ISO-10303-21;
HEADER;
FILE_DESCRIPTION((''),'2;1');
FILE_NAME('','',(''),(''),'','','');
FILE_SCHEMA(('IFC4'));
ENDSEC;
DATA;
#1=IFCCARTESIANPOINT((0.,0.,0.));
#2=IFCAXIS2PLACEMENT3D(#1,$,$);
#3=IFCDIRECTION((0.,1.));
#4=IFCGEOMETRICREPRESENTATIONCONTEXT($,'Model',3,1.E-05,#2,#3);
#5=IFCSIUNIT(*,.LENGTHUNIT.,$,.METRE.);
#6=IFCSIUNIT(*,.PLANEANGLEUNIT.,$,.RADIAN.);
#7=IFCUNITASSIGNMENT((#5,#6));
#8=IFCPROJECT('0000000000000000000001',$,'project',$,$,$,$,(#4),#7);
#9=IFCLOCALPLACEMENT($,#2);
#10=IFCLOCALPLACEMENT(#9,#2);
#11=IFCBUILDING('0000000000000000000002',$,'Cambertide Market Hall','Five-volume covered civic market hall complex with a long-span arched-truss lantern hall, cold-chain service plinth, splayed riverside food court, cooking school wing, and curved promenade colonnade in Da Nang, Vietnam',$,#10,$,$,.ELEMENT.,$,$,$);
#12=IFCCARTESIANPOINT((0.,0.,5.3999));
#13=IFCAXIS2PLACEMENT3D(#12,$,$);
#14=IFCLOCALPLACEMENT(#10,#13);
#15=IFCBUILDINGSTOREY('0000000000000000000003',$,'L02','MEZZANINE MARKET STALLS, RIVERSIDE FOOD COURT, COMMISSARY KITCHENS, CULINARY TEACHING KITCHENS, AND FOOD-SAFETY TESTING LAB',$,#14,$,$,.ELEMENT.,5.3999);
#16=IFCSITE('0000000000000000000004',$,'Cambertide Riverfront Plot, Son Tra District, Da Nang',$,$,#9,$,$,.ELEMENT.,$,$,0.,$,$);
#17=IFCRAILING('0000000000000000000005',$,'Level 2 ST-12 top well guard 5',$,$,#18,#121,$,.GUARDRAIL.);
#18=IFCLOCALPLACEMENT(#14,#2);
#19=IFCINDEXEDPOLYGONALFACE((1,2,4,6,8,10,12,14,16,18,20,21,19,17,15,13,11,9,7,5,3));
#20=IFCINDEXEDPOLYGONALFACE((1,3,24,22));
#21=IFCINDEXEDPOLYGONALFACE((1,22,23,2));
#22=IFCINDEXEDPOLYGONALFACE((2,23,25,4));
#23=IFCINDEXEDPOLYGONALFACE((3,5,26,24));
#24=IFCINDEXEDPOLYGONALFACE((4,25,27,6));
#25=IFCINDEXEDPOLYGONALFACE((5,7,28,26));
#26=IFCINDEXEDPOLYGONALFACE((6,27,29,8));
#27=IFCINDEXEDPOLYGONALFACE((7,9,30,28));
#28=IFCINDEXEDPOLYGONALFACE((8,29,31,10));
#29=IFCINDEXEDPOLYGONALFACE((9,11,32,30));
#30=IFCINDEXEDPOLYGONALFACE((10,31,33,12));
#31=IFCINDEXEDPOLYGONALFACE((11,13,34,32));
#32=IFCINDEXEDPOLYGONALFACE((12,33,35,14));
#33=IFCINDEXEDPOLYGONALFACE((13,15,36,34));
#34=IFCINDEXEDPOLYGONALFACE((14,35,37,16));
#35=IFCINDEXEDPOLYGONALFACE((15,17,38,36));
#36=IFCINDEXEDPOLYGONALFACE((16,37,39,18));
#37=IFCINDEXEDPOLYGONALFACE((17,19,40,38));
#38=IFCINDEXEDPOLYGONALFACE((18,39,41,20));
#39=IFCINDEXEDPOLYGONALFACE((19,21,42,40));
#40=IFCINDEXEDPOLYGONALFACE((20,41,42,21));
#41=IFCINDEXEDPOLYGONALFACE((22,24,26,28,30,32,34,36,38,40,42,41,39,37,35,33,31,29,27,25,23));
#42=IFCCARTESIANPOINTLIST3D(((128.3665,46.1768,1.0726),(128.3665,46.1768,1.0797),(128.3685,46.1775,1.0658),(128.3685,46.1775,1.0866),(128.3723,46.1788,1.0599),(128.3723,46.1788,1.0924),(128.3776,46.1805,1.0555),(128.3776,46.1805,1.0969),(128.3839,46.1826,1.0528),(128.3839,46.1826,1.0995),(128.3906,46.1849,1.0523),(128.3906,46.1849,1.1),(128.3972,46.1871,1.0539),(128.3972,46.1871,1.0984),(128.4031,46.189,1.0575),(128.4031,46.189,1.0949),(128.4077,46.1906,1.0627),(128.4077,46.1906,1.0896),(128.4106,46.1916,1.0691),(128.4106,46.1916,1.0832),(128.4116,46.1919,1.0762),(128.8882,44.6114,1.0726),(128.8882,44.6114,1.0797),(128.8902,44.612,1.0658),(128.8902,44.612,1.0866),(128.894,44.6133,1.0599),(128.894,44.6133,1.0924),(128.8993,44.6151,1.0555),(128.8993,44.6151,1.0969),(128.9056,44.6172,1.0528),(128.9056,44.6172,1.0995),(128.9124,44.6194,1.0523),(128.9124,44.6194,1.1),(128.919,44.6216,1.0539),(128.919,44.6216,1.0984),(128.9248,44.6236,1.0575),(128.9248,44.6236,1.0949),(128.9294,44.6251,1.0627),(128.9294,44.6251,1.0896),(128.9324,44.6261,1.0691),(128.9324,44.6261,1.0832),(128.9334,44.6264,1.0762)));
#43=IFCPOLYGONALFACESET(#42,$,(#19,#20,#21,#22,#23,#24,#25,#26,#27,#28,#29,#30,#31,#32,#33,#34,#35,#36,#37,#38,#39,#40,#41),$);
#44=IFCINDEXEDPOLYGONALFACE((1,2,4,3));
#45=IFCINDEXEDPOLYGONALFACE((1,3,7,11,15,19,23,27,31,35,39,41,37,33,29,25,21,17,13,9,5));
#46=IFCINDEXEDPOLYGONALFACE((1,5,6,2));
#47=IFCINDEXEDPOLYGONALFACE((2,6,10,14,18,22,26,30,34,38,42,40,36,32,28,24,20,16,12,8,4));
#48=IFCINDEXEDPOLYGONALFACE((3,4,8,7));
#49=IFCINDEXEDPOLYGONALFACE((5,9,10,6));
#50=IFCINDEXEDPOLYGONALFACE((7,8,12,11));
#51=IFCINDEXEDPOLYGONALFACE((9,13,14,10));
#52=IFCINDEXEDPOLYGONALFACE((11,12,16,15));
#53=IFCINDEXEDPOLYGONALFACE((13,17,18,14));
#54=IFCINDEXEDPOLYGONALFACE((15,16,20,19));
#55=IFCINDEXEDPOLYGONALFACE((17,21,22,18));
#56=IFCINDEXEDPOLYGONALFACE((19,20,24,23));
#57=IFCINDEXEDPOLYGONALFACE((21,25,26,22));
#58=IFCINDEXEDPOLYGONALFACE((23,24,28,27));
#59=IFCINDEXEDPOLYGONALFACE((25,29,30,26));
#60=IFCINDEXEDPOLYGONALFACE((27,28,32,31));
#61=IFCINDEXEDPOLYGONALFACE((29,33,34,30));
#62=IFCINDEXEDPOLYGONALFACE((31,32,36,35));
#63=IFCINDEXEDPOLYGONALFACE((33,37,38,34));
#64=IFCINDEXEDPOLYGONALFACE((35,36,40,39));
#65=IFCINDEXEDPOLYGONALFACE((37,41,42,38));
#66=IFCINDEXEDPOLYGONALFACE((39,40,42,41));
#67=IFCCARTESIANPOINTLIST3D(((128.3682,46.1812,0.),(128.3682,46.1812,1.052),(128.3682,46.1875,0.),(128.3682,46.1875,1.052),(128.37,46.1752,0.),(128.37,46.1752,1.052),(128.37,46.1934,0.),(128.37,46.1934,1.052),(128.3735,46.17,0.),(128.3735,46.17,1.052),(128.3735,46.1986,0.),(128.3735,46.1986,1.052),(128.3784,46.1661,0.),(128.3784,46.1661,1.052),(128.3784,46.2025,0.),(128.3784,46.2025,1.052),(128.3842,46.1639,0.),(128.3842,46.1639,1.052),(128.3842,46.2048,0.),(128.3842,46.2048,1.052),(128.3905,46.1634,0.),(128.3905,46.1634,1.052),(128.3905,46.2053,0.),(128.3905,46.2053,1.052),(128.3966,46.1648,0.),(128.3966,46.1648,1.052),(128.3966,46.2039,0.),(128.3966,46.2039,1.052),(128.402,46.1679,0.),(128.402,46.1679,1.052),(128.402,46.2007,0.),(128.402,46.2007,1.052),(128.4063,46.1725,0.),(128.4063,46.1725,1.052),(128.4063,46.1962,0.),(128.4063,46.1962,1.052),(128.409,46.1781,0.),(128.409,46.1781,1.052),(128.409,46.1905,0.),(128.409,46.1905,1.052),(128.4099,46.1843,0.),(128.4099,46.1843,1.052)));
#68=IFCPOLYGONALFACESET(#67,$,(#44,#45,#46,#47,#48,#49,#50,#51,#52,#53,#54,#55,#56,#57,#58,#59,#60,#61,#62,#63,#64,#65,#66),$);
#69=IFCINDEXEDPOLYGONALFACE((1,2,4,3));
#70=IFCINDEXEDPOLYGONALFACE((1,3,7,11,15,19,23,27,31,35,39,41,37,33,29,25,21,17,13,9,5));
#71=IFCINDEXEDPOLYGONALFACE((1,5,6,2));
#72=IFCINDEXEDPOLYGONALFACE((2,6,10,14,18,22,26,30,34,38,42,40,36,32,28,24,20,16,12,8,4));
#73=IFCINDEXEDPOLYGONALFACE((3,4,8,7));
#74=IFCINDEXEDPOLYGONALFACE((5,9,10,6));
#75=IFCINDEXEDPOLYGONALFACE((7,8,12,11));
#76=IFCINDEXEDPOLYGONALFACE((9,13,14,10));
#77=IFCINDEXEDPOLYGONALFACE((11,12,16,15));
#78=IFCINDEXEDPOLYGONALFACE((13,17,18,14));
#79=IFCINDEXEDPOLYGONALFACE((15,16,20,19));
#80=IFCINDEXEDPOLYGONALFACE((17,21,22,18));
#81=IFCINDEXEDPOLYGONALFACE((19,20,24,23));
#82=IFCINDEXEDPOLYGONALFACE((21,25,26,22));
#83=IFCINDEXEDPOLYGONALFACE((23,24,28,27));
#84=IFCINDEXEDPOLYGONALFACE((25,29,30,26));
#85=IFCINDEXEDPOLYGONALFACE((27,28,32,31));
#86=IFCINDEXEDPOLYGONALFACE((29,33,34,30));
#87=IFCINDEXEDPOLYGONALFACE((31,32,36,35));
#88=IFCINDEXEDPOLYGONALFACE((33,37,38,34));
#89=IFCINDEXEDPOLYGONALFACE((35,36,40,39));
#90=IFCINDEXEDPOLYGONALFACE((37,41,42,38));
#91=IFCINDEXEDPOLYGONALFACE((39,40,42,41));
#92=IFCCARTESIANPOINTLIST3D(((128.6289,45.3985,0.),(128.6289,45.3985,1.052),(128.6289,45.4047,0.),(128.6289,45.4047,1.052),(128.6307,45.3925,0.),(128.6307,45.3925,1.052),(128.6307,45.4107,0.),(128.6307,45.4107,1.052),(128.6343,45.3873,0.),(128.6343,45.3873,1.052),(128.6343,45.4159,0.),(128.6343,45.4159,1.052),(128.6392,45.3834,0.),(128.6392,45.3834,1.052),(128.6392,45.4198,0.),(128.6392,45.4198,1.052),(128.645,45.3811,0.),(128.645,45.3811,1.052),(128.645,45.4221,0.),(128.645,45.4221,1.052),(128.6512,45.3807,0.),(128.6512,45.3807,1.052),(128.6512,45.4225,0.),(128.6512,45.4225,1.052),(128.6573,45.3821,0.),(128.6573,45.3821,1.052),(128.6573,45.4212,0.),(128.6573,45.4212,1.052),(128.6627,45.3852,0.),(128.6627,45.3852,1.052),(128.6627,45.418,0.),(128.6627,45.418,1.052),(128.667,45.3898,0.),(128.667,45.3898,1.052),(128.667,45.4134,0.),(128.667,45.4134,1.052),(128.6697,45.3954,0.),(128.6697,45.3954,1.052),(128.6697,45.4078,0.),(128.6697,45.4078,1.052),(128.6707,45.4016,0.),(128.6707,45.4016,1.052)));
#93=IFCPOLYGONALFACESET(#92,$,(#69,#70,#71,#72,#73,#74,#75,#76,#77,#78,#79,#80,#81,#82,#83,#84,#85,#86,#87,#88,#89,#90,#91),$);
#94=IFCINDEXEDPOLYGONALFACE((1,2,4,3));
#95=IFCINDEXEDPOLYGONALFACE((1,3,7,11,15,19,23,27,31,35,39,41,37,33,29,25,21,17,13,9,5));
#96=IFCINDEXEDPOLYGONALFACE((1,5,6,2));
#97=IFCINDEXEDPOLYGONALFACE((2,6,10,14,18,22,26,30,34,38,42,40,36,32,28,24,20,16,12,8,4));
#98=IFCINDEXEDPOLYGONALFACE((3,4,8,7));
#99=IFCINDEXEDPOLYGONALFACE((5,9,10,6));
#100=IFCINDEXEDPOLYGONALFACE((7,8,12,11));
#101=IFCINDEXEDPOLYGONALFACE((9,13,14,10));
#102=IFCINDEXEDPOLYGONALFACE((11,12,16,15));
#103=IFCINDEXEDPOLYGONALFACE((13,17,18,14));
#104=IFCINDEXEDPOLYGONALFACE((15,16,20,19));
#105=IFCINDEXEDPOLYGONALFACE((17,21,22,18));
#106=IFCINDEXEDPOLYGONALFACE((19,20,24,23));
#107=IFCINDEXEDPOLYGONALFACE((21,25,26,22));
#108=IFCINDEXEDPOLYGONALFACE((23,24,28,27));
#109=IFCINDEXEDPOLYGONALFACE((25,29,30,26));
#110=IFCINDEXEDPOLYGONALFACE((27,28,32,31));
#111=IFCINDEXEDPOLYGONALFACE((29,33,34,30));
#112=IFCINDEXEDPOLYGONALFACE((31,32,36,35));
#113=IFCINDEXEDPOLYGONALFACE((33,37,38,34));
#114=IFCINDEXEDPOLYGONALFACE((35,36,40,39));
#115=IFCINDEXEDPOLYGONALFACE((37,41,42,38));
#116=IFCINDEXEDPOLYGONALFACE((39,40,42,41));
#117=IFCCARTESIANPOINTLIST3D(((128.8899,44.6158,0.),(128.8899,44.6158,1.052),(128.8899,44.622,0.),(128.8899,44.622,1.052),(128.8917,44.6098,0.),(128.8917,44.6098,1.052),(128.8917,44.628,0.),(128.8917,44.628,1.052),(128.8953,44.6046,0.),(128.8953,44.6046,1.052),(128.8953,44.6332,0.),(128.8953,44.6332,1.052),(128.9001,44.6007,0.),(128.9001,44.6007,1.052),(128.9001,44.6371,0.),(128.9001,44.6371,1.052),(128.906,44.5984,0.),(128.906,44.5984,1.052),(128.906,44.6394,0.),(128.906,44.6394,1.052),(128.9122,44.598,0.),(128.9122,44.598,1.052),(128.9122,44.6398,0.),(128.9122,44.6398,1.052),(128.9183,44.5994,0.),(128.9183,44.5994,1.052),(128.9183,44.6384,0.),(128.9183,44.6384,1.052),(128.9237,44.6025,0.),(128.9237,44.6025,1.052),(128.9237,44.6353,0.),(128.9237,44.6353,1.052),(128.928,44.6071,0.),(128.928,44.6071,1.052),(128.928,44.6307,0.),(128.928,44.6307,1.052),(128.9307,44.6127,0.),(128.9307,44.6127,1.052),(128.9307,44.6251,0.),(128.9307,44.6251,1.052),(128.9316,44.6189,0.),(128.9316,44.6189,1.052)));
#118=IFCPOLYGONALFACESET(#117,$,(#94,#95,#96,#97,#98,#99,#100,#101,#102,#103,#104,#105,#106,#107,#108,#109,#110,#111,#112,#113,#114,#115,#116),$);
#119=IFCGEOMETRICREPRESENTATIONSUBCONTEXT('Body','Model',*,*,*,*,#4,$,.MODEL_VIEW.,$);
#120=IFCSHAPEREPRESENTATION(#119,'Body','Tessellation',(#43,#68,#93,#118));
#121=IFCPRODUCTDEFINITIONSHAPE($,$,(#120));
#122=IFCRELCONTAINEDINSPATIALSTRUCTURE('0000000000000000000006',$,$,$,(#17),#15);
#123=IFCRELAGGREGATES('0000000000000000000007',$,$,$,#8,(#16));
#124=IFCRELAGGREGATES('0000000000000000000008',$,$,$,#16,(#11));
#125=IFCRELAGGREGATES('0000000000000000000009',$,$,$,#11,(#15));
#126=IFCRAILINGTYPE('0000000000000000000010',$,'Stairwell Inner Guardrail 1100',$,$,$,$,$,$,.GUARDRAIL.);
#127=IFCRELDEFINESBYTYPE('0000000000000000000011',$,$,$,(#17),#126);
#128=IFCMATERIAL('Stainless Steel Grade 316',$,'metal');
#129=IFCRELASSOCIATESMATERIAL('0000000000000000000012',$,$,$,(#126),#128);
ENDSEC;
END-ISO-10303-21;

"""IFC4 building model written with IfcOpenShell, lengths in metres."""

from ifc_helpers import new_model, si_unit, direction, frame, origin, origin_2d, place, context, subcontext, project, spatial, circle, extrude, material, type_object, element, save


model = new_model("IFC4")

# Units and contexts
model_context = context("Model", 3, precision=1e-05, world=origin(), true_north=direction((0.0, 1.0)))
body_context = subcontext(model_context, "Body", "Model", "MODEL_VIEW")
ifc_project = project(units=[si_unit("LENGTHUNIT", "METRE"), si_unit("PLANEANGLEUNIT", "RADIAN")], contexts=[model_context])

# Site, building, storey
site_placement = place(None, origin())
site = spatial("IfcSite", under=ifc_project, at=site_placement, Name="Cambertide Riverfront Plot, Son Tra District, Da Nang", CompositionType="ELEMENT", RefElevation=0.0)
building_placement = place(site_placement, origin())
building = spatial("IfcBuilding", under=site, at=building_placement, Name="Cambertide Market Hall", Description="Five-volume covered civic market hall complex with a long-span arched-truss lantern hall, cold-chain service plinth, splayed riverside food court, cooking school wing, and curved promenade colonnade in Da Nang, Vietnam", CompositionType="ELEMENT")
storey_placement = place(building_placement, frame((0.0, 0.0, 5.3999)))
storey = spatial("IfcBuildingStorey", under=building, at=storey_placement, Name="L02", Description="MEZZANINE MARKET STALLS, RIVERSIDE FOOD COURT, COMMISSARY KITCHENS, CULINARY TEACHING KITCHENS, AND FOOD-SAFETY TESTING LAB", CompositionType="ELEMENT", Elevation=5.3999)

# Railing
ifc_material_1 = material(Name="Stainless Steel Grade 316", Category="metal")
railing_type = type_object("IfcRailingType", Name="Stairwell Inner Guardrail 1100", PredefinedType="GUARDRAIL", material=ifc_material_1)
railing_1_placement = place(storey_placement, frame((128.3889, 46.1843, 0.0)))
element("IfcRailing", 1, at=railing_1_placement, inside=storey, type_object=railing_type, Name="Level 2 ST-12 top well guard 5", PredefinedType="GUARDRAIL", context=body_context, shape_type="SweptSolid", body=[
    extrude(circle(Radius=0.0239, at=origin_2d()), frame((0.0, 0.0, 1.0762), z_axis=(0.316183, -0.948698, 0.0), x_axis=(0.948698, 0.316183, 0.0)), (0.0, 0.0, 1.0), 1.6501),
    extrude(circle(Radius=0.021, at=origin_2d()), origin(), (0.0, 0.0, 1.0), 1.052),
    extrude(circle(Radius=0.021, at=origin_2d()), frame((0.2607, -0.7827, 0.0)), (0.0, 0.0, 1.0), 1.052),
    extrude(circle(Radius=0.021, at=origin_2d()), frame((0.5217, -1.5654, 0.0)), (0.0, 0.0, 1.0), 1.052),
])

save(model, "model.ifc")
